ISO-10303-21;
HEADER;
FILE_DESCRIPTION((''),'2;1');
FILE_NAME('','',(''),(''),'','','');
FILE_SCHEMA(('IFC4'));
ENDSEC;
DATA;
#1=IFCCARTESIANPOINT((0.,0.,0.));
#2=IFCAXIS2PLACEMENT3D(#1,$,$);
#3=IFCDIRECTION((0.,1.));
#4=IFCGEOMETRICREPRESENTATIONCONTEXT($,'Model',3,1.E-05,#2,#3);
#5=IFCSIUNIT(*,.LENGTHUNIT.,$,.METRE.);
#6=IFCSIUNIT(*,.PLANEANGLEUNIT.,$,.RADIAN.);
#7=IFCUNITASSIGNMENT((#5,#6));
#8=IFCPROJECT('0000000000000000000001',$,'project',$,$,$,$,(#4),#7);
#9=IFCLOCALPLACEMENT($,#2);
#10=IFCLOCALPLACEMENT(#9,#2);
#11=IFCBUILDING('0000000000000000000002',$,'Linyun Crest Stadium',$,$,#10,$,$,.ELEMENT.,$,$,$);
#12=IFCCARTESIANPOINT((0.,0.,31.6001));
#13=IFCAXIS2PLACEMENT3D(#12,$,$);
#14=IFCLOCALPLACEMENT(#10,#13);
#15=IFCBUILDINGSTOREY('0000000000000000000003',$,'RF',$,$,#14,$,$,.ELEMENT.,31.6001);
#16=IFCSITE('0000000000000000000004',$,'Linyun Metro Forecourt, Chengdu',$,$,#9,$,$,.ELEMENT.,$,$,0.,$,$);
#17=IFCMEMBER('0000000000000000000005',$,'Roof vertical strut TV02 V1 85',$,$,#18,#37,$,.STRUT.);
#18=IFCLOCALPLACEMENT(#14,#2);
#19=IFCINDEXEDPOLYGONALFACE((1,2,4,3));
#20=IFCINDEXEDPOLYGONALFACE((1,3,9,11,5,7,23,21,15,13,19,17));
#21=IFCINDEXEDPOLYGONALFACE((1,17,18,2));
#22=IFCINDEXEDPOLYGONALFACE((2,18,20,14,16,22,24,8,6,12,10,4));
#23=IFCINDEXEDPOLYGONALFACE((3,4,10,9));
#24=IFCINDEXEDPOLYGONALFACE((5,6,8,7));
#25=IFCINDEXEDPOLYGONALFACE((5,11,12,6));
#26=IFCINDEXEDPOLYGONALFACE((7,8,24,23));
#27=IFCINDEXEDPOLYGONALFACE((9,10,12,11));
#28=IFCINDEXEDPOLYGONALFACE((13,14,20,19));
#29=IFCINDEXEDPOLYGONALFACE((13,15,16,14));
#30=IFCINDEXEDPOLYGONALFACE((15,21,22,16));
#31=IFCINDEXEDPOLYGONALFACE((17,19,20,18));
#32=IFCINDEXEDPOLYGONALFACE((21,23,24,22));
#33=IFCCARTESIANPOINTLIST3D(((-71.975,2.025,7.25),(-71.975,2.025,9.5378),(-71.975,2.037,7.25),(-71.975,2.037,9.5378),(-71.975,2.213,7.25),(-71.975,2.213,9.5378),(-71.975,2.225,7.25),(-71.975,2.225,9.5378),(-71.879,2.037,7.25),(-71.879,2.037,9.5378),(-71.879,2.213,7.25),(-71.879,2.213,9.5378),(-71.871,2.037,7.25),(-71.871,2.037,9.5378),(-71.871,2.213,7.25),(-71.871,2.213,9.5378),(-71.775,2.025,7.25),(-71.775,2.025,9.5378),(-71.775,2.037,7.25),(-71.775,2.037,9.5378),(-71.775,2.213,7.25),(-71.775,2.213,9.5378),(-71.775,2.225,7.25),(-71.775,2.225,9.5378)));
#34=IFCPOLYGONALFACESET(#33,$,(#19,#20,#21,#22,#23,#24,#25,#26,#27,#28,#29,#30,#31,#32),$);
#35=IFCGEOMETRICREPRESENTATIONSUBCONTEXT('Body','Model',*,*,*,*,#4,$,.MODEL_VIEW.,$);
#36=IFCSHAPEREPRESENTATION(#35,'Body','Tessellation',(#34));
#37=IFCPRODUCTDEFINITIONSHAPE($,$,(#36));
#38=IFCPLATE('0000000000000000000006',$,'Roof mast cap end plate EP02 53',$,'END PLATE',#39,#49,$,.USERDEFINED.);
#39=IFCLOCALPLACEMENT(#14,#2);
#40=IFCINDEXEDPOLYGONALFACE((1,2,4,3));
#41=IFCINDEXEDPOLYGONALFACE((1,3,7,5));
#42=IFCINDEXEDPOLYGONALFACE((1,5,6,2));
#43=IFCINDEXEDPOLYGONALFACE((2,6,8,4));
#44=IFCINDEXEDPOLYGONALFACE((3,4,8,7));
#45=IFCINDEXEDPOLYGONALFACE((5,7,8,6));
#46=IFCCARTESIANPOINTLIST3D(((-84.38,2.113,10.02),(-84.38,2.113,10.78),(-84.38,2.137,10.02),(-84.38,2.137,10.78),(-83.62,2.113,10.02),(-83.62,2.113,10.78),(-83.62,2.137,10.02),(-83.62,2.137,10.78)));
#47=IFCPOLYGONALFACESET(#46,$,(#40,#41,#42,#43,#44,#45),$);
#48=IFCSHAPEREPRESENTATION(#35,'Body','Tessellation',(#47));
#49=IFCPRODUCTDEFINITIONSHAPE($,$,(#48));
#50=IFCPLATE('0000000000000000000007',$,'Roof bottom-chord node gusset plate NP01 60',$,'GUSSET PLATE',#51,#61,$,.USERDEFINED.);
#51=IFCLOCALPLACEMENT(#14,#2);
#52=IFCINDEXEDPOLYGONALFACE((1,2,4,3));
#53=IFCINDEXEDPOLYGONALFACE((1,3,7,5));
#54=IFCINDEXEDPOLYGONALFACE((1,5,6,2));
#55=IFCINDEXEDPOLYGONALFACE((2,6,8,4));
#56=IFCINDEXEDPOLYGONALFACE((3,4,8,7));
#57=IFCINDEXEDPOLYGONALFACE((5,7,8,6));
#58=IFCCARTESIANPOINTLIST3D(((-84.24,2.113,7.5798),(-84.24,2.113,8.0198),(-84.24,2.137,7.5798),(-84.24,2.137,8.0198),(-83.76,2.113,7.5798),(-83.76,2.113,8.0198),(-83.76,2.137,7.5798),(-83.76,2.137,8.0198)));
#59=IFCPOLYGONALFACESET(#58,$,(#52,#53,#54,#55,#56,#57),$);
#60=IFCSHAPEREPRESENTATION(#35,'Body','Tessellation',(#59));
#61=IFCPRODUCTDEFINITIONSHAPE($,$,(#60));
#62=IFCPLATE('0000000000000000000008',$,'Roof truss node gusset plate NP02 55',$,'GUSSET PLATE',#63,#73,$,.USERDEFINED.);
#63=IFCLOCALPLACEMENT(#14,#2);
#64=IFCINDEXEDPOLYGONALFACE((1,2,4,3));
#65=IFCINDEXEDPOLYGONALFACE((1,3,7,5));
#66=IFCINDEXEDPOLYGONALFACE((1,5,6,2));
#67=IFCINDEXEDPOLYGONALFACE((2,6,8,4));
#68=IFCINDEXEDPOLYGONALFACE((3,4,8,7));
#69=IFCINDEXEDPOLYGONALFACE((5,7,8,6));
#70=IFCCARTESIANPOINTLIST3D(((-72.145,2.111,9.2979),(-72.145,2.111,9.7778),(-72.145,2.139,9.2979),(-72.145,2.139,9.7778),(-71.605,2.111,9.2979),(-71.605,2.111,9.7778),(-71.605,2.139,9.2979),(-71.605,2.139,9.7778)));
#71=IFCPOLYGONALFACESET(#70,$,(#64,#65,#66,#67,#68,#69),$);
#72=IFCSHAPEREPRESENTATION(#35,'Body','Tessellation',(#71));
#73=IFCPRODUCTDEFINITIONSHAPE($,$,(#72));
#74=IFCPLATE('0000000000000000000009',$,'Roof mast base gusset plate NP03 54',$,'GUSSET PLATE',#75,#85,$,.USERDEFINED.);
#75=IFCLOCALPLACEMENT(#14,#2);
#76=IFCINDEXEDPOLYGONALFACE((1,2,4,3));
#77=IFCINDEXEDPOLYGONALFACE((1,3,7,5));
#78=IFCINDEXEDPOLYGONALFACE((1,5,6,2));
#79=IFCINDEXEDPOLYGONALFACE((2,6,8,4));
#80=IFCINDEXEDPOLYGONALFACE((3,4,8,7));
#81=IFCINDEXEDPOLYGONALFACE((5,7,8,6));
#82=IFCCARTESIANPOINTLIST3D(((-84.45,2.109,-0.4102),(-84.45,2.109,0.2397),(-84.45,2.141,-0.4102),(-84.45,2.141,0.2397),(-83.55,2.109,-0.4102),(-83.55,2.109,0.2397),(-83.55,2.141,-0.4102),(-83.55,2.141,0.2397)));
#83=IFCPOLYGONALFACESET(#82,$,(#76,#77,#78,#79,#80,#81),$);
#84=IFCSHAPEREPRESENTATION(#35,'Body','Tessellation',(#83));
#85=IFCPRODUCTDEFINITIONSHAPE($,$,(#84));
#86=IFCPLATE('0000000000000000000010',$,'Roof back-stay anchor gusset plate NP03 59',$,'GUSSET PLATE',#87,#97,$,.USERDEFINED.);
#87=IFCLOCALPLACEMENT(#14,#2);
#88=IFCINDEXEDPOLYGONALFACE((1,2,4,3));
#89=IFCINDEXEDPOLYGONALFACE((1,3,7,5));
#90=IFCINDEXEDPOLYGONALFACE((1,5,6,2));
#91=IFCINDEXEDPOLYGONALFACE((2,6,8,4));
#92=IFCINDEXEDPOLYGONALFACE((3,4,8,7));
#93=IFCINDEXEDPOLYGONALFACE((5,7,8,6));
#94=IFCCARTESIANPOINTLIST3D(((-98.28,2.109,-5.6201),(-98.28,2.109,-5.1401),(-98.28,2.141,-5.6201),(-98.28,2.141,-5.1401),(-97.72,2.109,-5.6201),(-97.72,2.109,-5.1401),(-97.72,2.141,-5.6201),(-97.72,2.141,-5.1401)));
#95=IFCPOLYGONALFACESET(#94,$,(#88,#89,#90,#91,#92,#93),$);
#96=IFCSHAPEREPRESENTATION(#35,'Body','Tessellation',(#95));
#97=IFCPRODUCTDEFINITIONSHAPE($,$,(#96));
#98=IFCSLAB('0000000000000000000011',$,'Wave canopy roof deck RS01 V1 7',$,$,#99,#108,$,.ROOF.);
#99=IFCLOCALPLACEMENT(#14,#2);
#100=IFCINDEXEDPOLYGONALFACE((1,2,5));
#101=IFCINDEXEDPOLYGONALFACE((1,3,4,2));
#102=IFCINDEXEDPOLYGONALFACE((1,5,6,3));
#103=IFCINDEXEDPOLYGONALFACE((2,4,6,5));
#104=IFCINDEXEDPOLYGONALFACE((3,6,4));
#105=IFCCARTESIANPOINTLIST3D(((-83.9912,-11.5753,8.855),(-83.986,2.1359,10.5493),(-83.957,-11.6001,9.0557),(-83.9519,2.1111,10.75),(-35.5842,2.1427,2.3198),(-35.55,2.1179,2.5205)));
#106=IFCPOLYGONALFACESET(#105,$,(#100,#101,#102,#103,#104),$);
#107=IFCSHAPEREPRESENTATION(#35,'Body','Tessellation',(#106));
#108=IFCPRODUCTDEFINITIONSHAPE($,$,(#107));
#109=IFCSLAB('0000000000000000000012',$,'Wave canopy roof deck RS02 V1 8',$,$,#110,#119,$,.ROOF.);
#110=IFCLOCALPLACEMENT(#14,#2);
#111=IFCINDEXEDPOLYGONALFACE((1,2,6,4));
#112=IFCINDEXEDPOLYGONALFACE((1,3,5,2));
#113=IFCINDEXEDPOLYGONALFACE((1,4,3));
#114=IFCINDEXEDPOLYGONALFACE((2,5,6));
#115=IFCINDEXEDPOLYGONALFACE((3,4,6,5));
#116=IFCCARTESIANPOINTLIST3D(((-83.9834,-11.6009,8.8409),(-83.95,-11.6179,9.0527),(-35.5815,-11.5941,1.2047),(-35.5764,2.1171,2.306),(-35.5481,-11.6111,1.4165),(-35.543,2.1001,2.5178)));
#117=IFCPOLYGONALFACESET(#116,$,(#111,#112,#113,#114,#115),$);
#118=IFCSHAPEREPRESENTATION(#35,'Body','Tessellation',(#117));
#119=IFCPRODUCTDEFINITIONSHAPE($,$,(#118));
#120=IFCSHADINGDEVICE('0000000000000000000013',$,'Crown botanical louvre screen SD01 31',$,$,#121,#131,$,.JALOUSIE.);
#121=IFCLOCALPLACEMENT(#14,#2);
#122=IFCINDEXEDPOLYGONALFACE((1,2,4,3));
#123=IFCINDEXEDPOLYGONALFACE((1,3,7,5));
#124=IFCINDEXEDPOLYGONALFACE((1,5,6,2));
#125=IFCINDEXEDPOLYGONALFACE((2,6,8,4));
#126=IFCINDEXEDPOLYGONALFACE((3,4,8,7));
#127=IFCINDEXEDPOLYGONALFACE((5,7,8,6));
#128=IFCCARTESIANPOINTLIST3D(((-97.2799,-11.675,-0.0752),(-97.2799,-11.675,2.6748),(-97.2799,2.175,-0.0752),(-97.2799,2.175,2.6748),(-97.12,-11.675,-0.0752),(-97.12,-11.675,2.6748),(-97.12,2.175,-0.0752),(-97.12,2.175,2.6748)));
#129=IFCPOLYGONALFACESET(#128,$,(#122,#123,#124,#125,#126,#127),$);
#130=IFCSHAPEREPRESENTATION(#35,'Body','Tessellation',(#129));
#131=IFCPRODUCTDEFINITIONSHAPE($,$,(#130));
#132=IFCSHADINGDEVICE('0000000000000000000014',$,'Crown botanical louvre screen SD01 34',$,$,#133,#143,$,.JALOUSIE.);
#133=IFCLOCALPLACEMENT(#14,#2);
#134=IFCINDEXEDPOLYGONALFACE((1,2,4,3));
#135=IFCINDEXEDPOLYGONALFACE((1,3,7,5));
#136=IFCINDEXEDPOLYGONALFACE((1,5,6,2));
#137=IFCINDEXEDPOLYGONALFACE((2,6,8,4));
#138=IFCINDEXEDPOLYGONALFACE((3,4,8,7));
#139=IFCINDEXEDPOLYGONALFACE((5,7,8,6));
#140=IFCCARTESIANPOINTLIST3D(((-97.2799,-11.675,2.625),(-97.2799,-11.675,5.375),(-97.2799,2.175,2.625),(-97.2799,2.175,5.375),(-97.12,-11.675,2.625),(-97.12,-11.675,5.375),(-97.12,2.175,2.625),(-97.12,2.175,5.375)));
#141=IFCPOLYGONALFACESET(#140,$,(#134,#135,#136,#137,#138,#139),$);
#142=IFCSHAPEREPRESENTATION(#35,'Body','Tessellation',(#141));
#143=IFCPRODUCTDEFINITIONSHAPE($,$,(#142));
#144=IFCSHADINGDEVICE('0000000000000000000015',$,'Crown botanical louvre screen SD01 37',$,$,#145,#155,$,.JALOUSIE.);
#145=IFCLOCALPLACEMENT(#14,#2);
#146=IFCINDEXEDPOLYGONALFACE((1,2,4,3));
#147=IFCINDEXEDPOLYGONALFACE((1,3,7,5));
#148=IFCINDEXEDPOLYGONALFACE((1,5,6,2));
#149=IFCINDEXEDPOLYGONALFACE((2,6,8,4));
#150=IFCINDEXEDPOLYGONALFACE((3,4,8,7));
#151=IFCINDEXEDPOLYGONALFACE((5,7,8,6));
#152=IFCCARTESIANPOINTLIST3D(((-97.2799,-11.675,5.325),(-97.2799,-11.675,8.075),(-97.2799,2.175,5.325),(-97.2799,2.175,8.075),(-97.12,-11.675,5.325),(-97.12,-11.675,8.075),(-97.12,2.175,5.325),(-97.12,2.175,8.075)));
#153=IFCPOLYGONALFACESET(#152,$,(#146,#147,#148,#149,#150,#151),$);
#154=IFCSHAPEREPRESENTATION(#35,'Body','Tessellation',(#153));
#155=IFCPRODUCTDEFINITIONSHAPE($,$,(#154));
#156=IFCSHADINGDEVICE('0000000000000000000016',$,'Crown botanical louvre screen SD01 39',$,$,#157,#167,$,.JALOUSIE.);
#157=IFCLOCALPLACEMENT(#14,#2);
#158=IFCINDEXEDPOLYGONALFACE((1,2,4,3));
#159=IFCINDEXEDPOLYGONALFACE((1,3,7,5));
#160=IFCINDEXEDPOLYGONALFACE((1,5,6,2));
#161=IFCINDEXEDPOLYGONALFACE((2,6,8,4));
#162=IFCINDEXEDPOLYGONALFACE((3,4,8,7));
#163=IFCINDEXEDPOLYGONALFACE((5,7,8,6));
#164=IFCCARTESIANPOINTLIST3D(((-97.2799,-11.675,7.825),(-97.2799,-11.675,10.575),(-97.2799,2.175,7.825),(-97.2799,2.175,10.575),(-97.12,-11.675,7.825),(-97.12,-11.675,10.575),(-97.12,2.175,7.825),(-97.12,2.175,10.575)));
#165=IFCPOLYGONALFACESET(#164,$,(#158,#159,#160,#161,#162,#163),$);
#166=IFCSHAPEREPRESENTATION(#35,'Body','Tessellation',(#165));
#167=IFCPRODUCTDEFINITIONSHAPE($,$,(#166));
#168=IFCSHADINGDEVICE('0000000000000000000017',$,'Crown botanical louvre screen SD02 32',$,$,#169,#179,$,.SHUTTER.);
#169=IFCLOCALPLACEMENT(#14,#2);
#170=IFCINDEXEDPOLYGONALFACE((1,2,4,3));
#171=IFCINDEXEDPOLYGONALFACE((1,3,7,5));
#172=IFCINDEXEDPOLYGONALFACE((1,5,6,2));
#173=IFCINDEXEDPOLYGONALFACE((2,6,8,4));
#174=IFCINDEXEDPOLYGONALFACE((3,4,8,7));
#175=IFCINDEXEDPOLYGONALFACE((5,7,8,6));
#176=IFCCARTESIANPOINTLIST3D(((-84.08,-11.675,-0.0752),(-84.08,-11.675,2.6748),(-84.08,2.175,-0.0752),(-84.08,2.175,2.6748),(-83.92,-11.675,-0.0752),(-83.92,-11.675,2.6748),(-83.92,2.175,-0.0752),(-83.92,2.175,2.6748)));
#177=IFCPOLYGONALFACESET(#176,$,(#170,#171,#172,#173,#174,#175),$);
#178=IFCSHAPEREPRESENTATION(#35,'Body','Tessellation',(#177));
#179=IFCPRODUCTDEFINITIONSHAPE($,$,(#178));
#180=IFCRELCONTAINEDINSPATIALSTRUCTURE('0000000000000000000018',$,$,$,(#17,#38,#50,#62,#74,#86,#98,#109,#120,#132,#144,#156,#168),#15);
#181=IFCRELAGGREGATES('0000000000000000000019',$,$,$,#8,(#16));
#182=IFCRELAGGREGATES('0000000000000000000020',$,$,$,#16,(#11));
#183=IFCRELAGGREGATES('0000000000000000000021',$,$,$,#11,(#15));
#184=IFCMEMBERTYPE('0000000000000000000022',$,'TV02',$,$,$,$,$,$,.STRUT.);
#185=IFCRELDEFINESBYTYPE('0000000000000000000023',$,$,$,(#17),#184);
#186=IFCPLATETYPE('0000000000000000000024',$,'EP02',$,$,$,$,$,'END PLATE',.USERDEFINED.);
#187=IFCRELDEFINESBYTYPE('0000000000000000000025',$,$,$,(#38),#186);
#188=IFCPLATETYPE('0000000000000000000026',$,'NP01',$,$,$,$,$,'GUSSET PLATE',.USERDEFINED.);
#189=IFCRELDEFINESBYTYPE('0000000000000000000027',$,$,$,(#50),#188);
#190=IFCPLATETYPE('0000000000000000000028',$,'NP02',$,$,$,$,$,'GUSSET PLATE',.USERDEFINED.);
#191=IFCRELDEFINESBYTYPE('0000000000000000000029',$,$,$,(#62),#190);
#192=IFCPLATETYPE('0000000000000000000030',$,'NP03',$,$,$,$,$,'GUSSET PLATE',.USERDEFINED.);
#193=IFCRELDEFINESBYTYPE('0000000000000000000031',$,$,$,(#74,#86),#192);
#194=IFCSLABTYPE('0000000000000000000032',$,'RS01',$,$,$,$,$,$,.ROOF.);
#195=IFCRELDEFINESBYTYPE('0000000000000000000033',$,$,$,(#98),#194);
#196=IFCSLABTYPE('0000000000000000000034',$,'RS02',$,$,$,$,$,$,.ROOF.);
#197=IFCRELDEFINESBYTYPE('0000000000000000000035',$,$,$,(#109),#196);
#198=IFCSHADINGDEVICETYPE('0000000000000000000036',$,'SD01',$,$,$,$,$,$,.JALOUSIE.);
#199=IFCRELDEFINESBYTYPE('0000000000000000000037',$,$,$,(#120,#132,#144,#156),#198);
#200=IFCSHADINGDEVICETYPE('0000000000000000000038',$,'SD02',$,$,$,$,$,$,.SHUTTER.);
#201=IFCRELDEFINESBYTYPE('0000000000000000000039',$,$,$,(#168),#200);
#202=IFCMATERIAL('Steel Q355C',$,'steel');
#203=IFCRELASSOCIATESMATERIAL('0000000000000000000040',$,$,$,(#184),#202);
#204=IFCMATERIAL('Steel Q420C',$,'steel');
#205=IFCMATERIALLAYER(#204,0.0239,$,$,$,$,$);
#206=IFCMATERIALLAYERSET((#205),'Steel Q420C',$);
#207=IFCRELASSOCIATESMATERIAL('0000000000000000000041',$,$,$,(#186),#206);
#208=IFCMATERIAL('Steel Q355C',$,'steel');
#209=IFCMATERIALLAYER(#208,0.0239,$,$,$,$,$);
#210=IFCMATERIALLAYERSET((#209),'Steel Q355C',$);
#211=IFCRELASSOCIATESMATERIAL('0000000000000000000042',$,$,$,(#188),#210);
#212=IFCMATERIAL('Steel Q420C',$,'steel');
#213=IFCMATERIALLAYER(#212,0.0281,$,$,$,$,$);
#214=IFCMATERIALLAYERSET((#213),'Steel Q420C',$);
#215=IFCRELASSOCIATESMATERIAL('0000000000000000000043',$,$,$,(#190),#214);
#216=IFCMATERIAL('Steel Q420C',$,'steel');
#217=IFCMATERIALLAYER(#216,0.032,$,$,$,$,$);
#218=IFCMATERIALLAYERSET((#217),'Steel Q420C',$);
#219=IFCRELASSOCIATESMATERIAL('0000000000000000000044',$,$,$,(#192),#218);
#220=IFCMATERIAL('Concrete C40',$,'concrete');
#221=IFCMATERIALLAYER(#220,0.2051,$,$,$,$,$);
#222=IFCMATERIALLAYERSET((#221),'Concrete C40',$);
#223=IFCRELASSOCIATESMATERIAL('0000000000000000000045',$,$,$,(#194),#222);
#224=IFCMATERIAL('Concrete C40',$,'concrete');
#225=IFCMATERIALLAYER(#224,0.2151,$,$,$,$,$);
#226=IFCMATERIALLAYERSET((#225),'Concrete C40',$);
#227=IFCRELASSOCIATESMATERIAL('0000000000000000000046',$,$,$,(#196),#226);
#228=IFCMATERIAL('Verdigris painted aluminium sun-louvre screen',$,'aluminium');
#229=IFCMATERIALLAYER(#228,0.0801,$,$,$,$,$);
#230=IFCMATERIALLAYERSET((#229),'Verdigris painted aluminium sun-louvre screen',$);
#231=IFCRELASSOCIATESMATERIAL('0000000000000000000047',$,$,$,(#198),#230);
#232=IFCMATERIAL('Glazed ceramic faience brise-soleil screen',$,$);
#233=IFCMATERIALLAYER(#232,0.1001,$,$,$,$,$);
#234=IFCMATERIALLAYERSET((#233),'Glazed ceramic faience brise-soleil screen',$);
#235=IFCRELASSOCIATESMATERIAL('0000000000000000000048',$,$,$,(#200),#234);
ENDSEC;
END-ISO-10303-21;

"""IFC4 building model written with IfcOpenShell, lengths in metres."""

from ifc_helpers import new_model, si_unit, direction, frame, origin, origin_2d, place, context, subcontext, project, spatial, polyline, rectangle, i_section, outline, extrude, material, layer, layer_set, material_profile, profile_set, type_object, element, save


model = new_model("IFC4")

# Units and contexts
model_context = context("Model", 3, precision=1e-05, world=origin(), true_north=direction((0.0, 1.0)))
body_context = subcontext(model_context, "Body", "Model", "MODEL_VIEW")
ifc_project = project(units=[si_unit("LENGTHUNIT", "METRE"), si_unit("PLANEANGLEUNIT", "RADIAN")], contexts=[model_context])

# Site, building, storey
site_placement = place(None, origin())
site = spatial("IfcSite", under=ifc_project, at=site_placement, Name="Linyun Metro Forecourt, Chengdu", CompositionType="ELEMENT", RefElevation=0.0)
building_placement = place(site_placement, origin())
building = spatial("IfcBuilding", under=site, at=building_placement, Name="Linyun Crest Stadium", CompositionType="ELEMENT")
storey_placement = place(building_placement, frame((0.0, 0.0, 31.6001)))
storey = spatial("IfcBuildingStorey", under=building, at=storey_placement, Name="RF", CompositionType="ELEMENT", Elevation=31.6001)

# Member
ifc_material_1 = material(Name="Steel Q355C", Category="steel")
ifc_material_profile_1 = material_profile(ifc_material_1, i_section(OverallWidth=0.2, OverallDepth=0.2, WebThickness=0.0081, FlangeThickness=0.012, at=origin_2d()), Name="HW 200x200")
ifc_profile_set_1 = profile_set([ifc_material_profile_1], Name="Steel Q355C")
member_type_1 = type_object("IfcMemberType", Name="TV02", PredefinedType="STRUT", material=ifc_profile_set_1)
member_1_placement = place(storey_placement, frame((-71.875, 2.125, 7.25), z_axis=(0.0, 0.0, 1.0), x_axis=(1.0, 0.0, 0.0)))
element("IfcMember", 1, at=member_1_placement, inside=storey, type_object=member_type_1, Name="Roof vertical strut TV02 V1 85", PredefinedType="STRUT", context=body_context, shape_type="SweptSolid", body=[
    extrude(i_section(OverallWidth=0.2, OverallDepth=0.2, WebThickness=0.0081, FlangeThickness=0.012, at=origin_2d()), origin(), (0.0, 0.0, 1.0), 2.2878),
])

# Plates
ifc_material_2 = material(Name="Steel Q420C", Category="steel")
ifc_layer_1 = layer(ifc_material_2, 0.0239)
ifc_layer_set_1 = layer_set([ifc_layer_1], Name="Steel Q420C")
plate_type_1 = type_object("IfcPlateType", Name="EP02", ElementType="END PLATE", PredefinedType="USERDEFINED", material=ifc_layer_set_1)
plate_1_placement = place(storey_placement, frame((-84.0, 2.125, 10.02), z_axis=(0.0, 0.0, 1.0), x_axis=(1.0, 0.0, 0.0)))
element("IfcPlate", 2, at=plate_1_placement, inside=storey, type_object=plate_type_1, Name="Roof mast cap end plate EP02 53", ObjectType="END PLATE", PredefinedType="USERDEFINED", context=body_context, shape_type="SweptSolid", body=[
    extrude(rectangle(XDim=0.76, YDim=0.0239, at=origin_2d()), origin(), (0.0, 0.0, 1.0), 0.76),
])
ifc_material_3 = material(Name="Steel Q355C", Category="steel")
ifc_layer_2 = layer(ifc_material_3, 0.0239)
ifc_layer_set_2 = layer_set([ifc_layer_2], Name="Steel Q355C")
plate_type_2 = type_object("IfcPlateType", Name="NP01", ElementType="GUSSET PLATE", PredefinedType="USERDEFINED", material=ifc_layer_set_2)
plate_2_placement = place(storey_placement, frame((-84.0, 2.125, 7.5798), z_axis=(0.0, 0.0, 1.0), x_axis=(1.0, 0.0, 0.0)))
element("IfcPlate", 3, at=plate_2_placement, inside=storey, type_object=plate_type_2, Name="Roof bottom-chord node gusset plate NP01 60", ObjectType="GUSSET PLATE", PredefinedType="USERDEFINED", context=body_context, shape_type="SweptSolid", body=[
    extrude(rectangle(XDim=0.48, YDim=0.0239, at=origin_2d()), origin(), (0.0, 0.0, 1.0), 0.4399),
])
ifc_material_4 = material(Name="Steel Q420C", Category="steel")
ifc_layer_3 = layer(ifc_material_4, 0.0281)
ifc_layer_set_3 = layer_set([ifc_layer_3], Name="Steel Q420C")
plate_type_3 = type_object("IfcPlateType", Name="NP02", ElementType="GUSSET PLATE", PredefinedType="USERDEFINED", material=ifc_layer_set_3)
plate_3_placement = place(storey_placement, frame((-71.875, 2.125, 9.2979), z_axis=(0.0, 0.0, 1.0), x_axis=(1.0, 0.0, 0.0)))
element("IfcPlate", 4, at=plate_3_placement, inside=storey, type_object=plate_type_3, Name="Roof truss node gusset plate NP02 55", ObjectType="GUSSET PLATE", PredefinedType="USERDEFINED", context=body_context, shape_type="SweptSolid", body=[
    extrude(rectangle(XDim=0.54, YDim=0.0281, at=origin_2d()), origin(), (0.0, 0.0, 1.0), 0.48),
])
ifc_material_5 = material(Name="Steel Q420C", Category="steel")
ifc_layer_4 = layer(ifc_material_5, 0.032)
ifc_layer_set_4 = layer_set([ifc_layer_4], Name="Steel Q420C")
plate_type_4 = type_object("IfcPlateType", Name="NP03", ElementType="GUSSET PLATE", PredefinedType="USERDEFINED", material=ifc_layer_set_4)
plate_4_placement = place(storey_placement, frame((-84.0, 2.125, -0.4102), z_axis=(0.0, 0.0, 1.0), x_axis=(1.0, 0.0, 0.0)))
element("IfcPlate", 5, at=plate_4_placement, inside=storey, type_object=plate_type_4, Name="Roof mast base gusset plate NP03 54", ObjectType="GUSSET PLATE", PredefinedType="USERDEFINED", context=body_context, shape_type="SweptSolid", body=[
    extrude(rectangle(XDim=0.8999, YDim=0.032, at=origin_2d()), origin(), (0.0, 0.0, 1.0), 0.6499),
])
plate_5_placement = place(storey_placement, frame((-98.0, 2.125, -5.6201), z_axis=(0.0, 0.0, 1.0), x_axis=(1.0, 0.0, 0.0)))
element("IfcPlate", 6, at=plate_5_placement, inside=storey, type_object=plate_type_4, Name="Roof back-stay anchor gusset plate NP03 59", ObjectType="GUSSET PLATE", PredefinedType="USERDEFINED", context=body_context, shape_type="SweptSolid", body=[
    extrude(rectangle(XDim=0.5601, YDim=0.032, at=origin_2d()), origin(), (0.0, 0.0, 1.0), 0.48),
])

# Slabs
ifc_material_6 = material(Name="Concrete C40", Category="concrete")
ifc_layer_5 = layer(ifc_material_6, 0.2051)
ifc_layer_set_5 = layer_set([ifc_layer_5], Name="Concrete C40")
slab_type_1 = type_object("IfcSlabType", Name="RS01", PredefinedType="ROOF", material=ifc_layer_set_5)
slab_1_placement = place(storey_placement, frame((-83.957, -11.6001, 9.0557), z_axis=(0.166404, -0.120992, 0.978607), x_axis=(0.000371, 0.992451, 0.12264)))
element("IfcSlab", 7, at=slab_1_placement, inside=storey, type_object=slab_type_1, Name="Wave canopy roof deck RS01 V1 7", PredefinedType="ROOF", context=body_context, shape_type="SweptSolid", body=[
    extrude(outline(polyline([(0.0, 0.0), (13.8155, 0.0), (12.831, -49.0866), (0.0, 0.0)])), origin(), (0.0, 0.0, -1.0), 0.2051),
])
ifc_material_7 = material(Name="Concrete C40", Category="concrete")
ifc_layer_6 = layer(ifc_material_7, 0.2151)
ifc_layer_set_6 = layer_set([ifc_layer_6], Name="Concrete C40")
slab_type_2 = type_object("IfcSlabType", Name="RS02", PredefinedType="ROOF", material=ifc_layer_set_6)
slab_2_placement = place(storey_placement, frame((-83.95, -11.6179, 9.0527), z_axis=(0.155362, -0.07915, 0.984682), x_axis=(0.954098, 0.270381, -0.128803)))
element("IfcSlab", 8, at=slab_2_placement, inside=storey, type_object=slab_type_2, Name="Wave canopy roof deck RS02 V1 8", PredefinedType="ROOF", context=body_context, shape_type="SweptSolid", body=[
    extrude(outline(polyline([(0.0, 0.0), (50.7358, 0.0), (47.1656, -13.2839), (0.0, 0.0)])), origin(), (0.0, 0.0, -1.0), 0.2151),
])

# Shading devices
ifc_material_8 = material(Name="Verdigris painted aluminium sun-louvre screen", Category="aluminium")
ifc_layer_7 = layer(ifc_material_8, 0.0801)
ifc_layer_set_7 = layer_set([ifc_layer_7], Name="Verdigris painted aluminium sun-louvre screen")
shading_device_type_1 = type_object("IfcShadingDeviceType", Name="SD01", PredefinedType="JALOUSIE", material=ifc_layer_set_7)
for number, where, z_axis, x_axis, name in (
    (9, (-97.2, -4.75, -0.0752), (0.0, 0.0, 1.0), (1.0, 0.0, 0.0), "Crown botanical louvre screen SD01 31"),
    (10, (-97.2, -4.75, 2.625), (0.0, 0.0, 1.0), (1.0, 0.0, 0.0), "Crown botanical louvre screen SD01 34"),
    (11, (-97.2, -4.75, 5.325), (0.0, 0.0, 1.0), (1.0, 0.0, 0.0), "Crown botanical louvre screen SD01 37"),
    (12, (-97.2, -4.75, 7.825), (0.0, 0.0, 1.0), (1.0, 0.0, 0.0), "Crown botanical louvre screen SD01 39"),
):
    element("IfcShadingDevice", number, at=place(storey_placement, frame(where, z_axis=z_axis, x_axis=x_axis)), inside=storey, type_object=shading_device_type_1, Name=name, PredefinedType="JALOUSIE", context=body_context, shape_type="SweptSolid", body=[
        extrude(rectangle(XDim=0.1599, YDim=13.8501, at=origin_2d()), origin(), (0.0, 0.0, 1.0), 2.75),
    ])
ifc_material_9 = material(Name="Glazed ceramic faience brise-soleil screen")
ifc_layer_8 = layer(ifc_material_9, 0.1001)
ifc_layer_set_8 = layer_set([ifc_layer_8], Name="Glazed ceramic faience brise-soleil screen")
shading_device_type_2 = type_object("IfcShadingDeviceType", Name="SD02", PredefinedType="SHUTTER", material=ifc_layer_set_8)
for number, where, z_axis, x_axis, name in (
    (13, (-84.0, -4.75, -0.0752), (0.0, 0.0, 1.0), (1.0, 0.0, 0.0), "Crown botanical louvre screen SD02 32"),
):
    element("IfcShadingDevice", number, at=place(storey_placement, frame(where, z_axis=z_axis, x_axis=x_axis)), inside=storey, type_object=shading_device_type_2, Name=name, PredefinedType="SHUTTER", context=body_context, shape_type="SweptSolid", body=[
        extrude(rectangle(XDim=0.1599, YDim=13.8501, at=origin_2d()), origin(), (0.0, 0.0, 1.0), 2.75),
    ])

save(model, "model.ifc")
